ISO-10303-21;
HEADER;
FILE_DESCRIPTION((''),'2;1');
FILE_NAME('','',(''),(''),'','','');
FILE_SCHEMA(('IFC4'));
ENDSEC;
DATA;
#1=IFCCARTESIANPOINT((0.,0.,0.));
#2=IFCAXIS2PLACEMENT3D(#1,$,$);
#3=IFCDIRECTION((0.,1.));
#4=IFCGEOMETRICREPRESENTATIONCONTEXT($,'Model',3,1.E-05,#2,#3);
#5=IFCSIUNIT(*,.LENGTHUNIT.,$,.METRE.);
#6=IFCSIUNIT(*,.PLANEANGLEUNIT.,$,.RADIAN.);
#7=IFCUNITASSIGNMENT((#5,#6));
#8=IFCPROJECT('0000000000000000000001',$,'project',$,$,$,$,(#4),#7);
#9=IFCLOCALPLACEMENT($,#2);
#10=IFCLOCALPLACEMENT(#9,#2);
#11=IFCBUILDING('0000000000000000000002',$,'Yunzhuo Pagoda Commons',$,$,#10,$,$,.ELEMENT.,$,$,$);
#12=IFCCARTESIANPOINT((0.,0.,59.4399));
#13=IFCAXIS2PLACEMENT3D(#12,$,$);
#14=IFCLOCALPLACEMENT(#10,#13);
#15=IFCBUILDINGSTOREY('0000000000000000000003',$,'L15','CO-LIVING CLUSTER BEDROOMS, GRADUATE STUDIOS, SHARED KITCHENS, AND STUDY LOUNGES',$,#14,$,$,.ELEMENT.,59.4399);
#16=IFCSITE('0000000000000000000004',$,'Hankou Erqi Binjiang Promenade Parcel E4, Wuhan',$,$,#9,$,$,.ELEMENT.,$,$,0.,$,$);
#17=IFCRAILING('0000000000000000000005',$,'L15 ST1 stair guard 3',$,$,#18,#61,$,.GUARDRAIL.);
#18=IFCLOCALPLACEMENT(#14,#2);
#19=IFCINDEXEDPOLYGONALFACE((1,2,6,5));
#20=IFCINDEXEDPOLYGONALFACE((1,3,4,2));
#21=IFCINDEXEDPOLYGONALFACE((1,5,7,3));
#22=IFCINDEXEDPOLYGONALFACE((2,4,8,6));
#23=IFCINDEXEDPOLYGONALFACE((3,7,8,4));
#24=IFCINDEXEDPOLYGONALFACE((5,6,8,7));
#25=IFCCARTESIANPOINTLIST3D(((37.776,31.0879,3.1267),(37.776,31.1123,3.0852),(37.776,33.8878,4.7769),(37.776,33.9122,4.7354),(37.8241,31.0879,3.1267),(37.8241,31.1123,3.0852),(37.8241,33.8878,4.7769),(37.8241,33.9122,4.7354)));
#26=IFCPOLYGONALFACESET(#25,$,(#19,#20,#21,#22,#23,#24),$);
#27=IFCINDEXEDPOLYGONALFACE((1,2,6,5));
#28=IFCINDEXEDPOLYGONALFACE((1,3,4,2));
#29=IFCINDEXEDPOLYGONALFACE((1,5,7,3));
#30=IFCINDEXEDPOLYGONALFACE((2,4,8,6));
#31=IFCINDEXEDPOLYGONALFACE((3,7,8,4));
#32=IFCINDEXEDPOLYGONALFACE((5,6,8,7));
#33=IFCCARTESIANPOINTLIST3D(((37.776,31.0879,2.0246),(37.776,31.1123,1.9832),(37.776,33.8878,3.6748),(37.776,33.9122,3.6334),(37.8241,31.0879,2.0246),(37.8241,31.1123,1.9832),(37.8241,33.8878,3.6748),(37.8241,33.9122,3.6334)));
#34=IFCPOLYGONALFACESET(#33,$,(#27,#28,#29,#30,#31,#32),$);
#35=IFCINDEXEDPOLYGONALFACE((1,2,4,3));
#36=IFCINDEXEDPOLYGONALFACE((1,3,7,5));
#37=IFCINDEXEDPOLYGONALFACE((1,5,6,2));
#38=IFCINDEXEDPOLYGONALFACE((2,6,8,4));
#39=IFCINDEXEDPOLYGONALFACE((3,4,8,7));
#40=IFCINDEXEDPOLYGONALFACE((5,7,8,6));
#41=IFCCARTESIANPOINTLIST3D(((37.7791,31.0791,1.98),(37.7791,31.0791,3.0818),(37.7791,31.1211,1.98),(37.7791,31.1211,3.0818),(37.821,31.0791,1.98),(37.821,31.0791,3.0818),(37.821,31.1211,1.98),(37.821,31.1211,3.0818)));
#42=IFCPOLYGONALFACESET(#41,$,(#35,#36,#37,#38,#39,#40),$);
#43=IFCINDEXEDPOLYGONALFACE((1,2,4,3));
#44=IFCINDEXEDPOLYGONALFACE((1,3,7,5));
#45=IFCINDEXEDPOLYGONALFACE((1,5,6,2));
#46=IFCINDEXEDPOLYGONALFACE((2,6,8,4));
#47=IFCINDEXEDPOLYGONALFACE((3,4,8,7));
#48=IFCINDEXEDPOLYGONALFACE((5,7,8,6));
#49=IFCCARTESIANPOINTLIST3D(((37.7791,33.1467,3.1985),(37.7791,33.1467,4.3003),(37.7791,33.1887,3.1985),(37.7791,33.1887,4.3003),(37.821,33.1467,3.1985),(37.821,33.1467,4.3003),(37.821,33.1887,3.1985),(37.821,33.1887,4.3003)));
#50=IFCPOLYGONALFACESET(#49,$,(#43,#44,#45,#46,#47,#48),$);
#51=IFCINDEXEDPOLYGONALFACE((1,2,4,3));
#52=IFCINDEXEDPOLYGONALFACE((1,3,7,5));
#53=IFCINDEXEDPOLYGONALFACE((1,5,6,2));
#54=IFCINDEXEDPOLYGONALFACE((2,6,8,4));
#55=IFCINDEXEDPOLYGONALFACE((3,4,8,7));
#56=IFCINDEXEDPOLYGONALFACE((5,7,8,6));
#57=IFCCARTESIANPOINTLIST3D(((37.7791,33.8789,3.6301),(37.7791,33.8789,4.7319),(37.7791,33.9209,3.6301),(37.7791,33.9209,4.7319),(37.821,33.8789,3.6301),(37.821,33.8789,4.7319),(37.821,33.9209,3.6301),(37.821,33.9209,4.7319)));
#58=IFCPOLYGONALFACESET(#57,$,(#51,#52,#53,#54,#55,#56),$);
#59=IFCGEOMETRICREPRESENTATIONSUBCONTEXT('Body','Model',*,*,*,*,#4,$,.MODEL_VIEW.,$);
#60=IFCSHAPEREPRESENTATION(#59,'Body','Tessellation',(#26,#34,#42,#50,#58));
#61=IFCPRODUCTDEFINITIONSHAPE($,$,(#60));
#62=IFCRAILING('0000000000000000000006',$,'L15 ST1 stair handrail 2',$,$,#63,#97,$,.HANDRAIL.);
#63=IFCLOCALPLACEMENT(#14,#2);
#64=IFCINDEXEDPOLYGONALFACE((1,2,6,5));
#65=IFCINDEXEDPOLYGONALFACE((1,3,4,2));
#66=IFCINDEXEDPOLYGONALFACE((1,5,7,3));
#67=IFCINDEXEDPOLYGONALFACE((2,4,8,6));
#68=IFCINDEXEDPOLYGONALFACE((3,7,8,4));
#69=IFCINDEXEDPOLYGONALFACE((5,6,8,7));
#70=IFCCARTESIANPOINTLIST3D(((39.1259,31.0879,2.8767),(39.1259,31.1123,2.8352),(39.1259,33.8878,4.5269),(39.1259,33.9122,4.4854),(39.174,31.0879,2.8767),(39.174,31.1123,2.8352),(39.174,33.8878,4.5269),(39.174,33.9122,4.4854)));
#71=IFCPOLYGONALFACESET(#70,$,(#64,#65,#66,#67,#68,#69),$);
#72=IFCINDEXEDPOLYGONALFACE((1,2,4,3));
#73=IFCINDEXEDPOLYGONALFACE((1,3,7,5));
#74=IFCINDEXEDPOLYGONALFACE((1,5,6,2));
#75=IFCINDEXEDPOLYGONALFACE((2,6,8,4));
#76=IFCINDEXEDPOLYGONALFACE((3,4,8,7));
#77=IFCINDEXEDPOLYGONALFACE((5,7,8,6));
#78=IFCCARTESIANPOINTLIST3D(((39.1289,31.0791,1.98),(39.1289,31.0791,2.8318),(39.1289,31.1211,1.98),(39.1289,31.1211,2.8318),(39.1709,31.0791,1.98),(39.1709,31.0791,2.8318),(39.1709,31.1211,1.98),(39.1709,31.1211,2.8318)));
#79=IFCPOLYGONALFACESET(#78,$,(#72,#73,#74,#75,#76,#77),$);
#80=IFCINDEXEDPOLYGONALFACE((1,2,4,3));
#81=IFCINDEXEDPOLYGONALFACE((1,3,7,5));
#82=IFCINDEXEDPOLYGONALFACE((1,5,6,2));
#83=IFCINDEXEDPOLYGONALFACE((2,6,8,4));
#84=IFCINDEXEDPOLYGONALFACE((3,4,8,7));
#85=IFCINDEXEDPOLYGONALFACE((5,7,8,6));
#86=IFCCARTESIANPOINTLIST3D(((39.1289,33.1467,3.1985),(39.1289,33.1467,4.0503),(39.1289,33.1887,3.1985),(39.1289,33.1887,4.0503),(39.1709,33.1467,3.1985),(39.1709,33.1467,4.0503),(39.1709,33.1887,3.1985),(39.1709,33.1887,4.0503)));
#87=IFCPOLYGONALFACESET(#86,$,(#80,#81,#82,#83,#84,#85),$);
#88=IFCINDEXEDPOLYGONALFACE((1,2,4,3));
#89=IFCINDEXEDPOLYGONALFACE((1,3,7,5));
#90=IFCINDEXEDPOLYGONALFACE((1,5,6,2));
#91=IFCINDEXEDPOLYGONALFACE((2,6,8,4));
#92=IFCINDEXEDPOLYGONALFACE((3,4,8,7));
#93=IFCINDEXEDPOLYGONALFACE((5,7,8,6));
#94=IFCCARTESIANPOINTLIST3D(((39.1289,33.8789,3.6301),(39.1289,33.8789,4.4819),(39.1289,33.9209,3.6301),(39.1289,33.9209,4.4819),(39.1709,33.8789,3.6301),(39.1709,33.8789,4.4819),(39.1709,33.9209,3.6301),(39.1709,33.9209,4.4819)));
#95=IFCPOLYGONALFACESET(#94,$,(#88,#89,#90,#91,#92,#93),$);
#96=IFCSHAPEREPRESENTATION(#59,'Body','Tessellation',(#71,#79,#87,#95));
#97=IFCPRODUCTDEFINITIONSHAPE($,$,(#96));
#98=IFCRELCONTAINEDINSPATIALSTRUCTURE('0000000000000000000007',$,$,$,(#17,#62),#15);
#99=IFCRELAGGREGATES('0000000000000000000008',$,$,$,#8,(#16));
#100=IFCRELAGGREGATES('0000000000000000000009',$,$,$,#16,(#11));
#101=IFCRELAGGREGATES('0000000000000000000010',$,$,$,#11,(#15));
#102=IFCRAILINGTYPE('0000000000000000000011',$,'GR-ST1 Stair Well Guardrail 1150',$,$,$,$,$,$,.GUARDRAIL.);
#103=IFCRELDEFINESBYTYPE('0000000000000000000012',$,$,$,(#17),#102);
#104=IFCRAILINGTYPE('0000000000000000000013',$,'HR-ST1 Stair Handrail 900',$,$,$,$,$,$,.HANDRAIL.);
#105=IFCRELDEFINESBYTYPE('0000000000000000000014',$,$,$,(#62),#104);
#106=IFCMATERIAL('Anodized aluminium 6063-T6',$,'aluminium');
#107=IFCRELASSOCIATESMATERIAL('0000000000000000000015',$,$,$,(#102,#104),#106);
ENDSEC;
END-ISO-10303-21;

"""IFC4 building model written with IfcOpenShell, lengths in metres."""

from ifc_helpers import new_model, si_unit, direction, frame, origin, origin_2d, place, context, subcontext, project, spatial, rectangle, extrude, material, type_object, element, save


model = new_model("IFC4")

# Units and contexts
model_context = context("Model", 3, precision=1e-05, world=origin(), true_north=direction((0.0, 1.0)))
body_context = subcontext(model_context, "Body", "Model", "MODEL_VIEW")
ifc_project = project(units=[si_unit("LENGTHUNIT", "METRE"), si_unit("PLANEANGLEUNIT", "RADIAN")], contexts=[model_context])

# Site, building, storey
site_placement = place(None, origin())
site = spatial("IfcSite", under=ifc_project, at=site_placement, Name="Hankou Erqi Binjiang Promenade Parcel E4, Wuhan", CompositionType="ELEMENT", RefElevation=0.0)
building_placement = place(site_placement, origin())
building = spatial("IfcBuilding", under=site, at=building_placement, Name="Yunzhuo Pagoda Commons", CompositionType="ELEMENT")
storey_placement = place(building_placement, frame((0.0, 0.0, 59.4399)))
storey = spatial("IfcBuildingStorey", under=building, at=storey_placement, Name="L15", Description="CO-LIVING CLUSTER BEDROOMS, GRADUATE STUDIOS, SHARED KITCHENS, AND STUDY LOUNGES", CompositionType="ELEMENT", Elevation=59.4399)

# Railings
ifc_material_1 = material(Name="Anodized aluminium 6063-T6", Category="aluminium")
railing_type_1 = type_object("IfcRailingType", Name="GR-ST1 Stair Well Guardrail 1150", PredefinedType="GUARDRAIL", material=ifc_material_1)
railing_1_placement = place(storey_placement, frame((37.8, 31.1001, 1.98)))
element("IfcRailing", 1, at=railing_1_placement, inside=storey, type_object=railing_type_1, Name="L15 ST1 stair guard 3", PredefinedType="GUARDRAIL", context=body_context, shape_type="SweptSolid", body=[
    extrude(rectangle(XDim=0.0481, YDim=0.0481, at=origin_2d()), frame((0.0, 0.0, 1.126), z_axis=(0.0, 0.861503, 0.507752), x_axis=(-1.0, 0.0, 0.0)), (0.0, 0.0, 1.0), 3.25),
    extrude(rectangle(XDim=0.0481, YDim=0.0481, at=origin_2d()), frame((0.0, 0.0, 0.0239), z_axis=(0.0, 0.861503, 0.507752), x_axis=(-1.0, 0.0, 0.0)), (0.0, 0.0, 1.0), 3.25),
    extrude(rectangle(XDim=0.042, YDim=0.042, at=origin_2d()), origin(), (0.0, 0.0, 1.0), 1.1018),
    extrude(rectangle(XDim=0.042, YDim=0.042, at=origin_2d()), frame((0.0, 2.0676, 1.2185)), (0.0, 0.0, 1.0), 1.1018),
    extrude(rectangle(XDim=0.042, YDim=0.042, at=origin_2d()), frame((0.0, 2.7998, 1.6501)), (0.0, 0.0, 1.0), 1.1018),
])
railing_type_2 = type_object("IfcRailingType", Name="HR-ST1 Stair Handrail 900", PredefinedType="HANDRAIL", material=ifc_material_1)
railing_2_placement = place(storey_placement, frame((39.1499, 31.1001, 1.98)))
element("IfcRailing", 2, at=railing_2_placement, inside=storey, type_object=railing_type_2, Name="L15 ST1 stair handrail 2", PredefinedType="HANDRAIL", context=body_context, shape_type="SweptSolid", body=[
    extrude(rectangle(XDim=0.0481, YDim=0.0481, at=origin_2d()), frame((0.0, 0.0, 0.876), z_axis=(0.0, 0.861503, 0.507752), x_axis=(-1.0, 0.0, 0.0)), (0.0, 0.0, 1.0), 3.25),
    extrude(rectangle(XDim=0.042, YDim=0.042, at=origin_2d()), origin(), (0.0, 0.0, 1.0), 0.8518),
    extrude(rectangle(XDim=0.042, YDim=0.042, at=origin_2d()), frame((0.0, 2.0676, 1.2185)), (0.0, 0.0, 1.0), 0.8518),
    extrude(rectangle(XDim=0.042, YDim=0.042, at=origin_2d()), frame((0.0, 2.7998, 1.6501)), (0.0, 0.0, 1.0), 0.8518),
])

save(model, "model.ifc")
